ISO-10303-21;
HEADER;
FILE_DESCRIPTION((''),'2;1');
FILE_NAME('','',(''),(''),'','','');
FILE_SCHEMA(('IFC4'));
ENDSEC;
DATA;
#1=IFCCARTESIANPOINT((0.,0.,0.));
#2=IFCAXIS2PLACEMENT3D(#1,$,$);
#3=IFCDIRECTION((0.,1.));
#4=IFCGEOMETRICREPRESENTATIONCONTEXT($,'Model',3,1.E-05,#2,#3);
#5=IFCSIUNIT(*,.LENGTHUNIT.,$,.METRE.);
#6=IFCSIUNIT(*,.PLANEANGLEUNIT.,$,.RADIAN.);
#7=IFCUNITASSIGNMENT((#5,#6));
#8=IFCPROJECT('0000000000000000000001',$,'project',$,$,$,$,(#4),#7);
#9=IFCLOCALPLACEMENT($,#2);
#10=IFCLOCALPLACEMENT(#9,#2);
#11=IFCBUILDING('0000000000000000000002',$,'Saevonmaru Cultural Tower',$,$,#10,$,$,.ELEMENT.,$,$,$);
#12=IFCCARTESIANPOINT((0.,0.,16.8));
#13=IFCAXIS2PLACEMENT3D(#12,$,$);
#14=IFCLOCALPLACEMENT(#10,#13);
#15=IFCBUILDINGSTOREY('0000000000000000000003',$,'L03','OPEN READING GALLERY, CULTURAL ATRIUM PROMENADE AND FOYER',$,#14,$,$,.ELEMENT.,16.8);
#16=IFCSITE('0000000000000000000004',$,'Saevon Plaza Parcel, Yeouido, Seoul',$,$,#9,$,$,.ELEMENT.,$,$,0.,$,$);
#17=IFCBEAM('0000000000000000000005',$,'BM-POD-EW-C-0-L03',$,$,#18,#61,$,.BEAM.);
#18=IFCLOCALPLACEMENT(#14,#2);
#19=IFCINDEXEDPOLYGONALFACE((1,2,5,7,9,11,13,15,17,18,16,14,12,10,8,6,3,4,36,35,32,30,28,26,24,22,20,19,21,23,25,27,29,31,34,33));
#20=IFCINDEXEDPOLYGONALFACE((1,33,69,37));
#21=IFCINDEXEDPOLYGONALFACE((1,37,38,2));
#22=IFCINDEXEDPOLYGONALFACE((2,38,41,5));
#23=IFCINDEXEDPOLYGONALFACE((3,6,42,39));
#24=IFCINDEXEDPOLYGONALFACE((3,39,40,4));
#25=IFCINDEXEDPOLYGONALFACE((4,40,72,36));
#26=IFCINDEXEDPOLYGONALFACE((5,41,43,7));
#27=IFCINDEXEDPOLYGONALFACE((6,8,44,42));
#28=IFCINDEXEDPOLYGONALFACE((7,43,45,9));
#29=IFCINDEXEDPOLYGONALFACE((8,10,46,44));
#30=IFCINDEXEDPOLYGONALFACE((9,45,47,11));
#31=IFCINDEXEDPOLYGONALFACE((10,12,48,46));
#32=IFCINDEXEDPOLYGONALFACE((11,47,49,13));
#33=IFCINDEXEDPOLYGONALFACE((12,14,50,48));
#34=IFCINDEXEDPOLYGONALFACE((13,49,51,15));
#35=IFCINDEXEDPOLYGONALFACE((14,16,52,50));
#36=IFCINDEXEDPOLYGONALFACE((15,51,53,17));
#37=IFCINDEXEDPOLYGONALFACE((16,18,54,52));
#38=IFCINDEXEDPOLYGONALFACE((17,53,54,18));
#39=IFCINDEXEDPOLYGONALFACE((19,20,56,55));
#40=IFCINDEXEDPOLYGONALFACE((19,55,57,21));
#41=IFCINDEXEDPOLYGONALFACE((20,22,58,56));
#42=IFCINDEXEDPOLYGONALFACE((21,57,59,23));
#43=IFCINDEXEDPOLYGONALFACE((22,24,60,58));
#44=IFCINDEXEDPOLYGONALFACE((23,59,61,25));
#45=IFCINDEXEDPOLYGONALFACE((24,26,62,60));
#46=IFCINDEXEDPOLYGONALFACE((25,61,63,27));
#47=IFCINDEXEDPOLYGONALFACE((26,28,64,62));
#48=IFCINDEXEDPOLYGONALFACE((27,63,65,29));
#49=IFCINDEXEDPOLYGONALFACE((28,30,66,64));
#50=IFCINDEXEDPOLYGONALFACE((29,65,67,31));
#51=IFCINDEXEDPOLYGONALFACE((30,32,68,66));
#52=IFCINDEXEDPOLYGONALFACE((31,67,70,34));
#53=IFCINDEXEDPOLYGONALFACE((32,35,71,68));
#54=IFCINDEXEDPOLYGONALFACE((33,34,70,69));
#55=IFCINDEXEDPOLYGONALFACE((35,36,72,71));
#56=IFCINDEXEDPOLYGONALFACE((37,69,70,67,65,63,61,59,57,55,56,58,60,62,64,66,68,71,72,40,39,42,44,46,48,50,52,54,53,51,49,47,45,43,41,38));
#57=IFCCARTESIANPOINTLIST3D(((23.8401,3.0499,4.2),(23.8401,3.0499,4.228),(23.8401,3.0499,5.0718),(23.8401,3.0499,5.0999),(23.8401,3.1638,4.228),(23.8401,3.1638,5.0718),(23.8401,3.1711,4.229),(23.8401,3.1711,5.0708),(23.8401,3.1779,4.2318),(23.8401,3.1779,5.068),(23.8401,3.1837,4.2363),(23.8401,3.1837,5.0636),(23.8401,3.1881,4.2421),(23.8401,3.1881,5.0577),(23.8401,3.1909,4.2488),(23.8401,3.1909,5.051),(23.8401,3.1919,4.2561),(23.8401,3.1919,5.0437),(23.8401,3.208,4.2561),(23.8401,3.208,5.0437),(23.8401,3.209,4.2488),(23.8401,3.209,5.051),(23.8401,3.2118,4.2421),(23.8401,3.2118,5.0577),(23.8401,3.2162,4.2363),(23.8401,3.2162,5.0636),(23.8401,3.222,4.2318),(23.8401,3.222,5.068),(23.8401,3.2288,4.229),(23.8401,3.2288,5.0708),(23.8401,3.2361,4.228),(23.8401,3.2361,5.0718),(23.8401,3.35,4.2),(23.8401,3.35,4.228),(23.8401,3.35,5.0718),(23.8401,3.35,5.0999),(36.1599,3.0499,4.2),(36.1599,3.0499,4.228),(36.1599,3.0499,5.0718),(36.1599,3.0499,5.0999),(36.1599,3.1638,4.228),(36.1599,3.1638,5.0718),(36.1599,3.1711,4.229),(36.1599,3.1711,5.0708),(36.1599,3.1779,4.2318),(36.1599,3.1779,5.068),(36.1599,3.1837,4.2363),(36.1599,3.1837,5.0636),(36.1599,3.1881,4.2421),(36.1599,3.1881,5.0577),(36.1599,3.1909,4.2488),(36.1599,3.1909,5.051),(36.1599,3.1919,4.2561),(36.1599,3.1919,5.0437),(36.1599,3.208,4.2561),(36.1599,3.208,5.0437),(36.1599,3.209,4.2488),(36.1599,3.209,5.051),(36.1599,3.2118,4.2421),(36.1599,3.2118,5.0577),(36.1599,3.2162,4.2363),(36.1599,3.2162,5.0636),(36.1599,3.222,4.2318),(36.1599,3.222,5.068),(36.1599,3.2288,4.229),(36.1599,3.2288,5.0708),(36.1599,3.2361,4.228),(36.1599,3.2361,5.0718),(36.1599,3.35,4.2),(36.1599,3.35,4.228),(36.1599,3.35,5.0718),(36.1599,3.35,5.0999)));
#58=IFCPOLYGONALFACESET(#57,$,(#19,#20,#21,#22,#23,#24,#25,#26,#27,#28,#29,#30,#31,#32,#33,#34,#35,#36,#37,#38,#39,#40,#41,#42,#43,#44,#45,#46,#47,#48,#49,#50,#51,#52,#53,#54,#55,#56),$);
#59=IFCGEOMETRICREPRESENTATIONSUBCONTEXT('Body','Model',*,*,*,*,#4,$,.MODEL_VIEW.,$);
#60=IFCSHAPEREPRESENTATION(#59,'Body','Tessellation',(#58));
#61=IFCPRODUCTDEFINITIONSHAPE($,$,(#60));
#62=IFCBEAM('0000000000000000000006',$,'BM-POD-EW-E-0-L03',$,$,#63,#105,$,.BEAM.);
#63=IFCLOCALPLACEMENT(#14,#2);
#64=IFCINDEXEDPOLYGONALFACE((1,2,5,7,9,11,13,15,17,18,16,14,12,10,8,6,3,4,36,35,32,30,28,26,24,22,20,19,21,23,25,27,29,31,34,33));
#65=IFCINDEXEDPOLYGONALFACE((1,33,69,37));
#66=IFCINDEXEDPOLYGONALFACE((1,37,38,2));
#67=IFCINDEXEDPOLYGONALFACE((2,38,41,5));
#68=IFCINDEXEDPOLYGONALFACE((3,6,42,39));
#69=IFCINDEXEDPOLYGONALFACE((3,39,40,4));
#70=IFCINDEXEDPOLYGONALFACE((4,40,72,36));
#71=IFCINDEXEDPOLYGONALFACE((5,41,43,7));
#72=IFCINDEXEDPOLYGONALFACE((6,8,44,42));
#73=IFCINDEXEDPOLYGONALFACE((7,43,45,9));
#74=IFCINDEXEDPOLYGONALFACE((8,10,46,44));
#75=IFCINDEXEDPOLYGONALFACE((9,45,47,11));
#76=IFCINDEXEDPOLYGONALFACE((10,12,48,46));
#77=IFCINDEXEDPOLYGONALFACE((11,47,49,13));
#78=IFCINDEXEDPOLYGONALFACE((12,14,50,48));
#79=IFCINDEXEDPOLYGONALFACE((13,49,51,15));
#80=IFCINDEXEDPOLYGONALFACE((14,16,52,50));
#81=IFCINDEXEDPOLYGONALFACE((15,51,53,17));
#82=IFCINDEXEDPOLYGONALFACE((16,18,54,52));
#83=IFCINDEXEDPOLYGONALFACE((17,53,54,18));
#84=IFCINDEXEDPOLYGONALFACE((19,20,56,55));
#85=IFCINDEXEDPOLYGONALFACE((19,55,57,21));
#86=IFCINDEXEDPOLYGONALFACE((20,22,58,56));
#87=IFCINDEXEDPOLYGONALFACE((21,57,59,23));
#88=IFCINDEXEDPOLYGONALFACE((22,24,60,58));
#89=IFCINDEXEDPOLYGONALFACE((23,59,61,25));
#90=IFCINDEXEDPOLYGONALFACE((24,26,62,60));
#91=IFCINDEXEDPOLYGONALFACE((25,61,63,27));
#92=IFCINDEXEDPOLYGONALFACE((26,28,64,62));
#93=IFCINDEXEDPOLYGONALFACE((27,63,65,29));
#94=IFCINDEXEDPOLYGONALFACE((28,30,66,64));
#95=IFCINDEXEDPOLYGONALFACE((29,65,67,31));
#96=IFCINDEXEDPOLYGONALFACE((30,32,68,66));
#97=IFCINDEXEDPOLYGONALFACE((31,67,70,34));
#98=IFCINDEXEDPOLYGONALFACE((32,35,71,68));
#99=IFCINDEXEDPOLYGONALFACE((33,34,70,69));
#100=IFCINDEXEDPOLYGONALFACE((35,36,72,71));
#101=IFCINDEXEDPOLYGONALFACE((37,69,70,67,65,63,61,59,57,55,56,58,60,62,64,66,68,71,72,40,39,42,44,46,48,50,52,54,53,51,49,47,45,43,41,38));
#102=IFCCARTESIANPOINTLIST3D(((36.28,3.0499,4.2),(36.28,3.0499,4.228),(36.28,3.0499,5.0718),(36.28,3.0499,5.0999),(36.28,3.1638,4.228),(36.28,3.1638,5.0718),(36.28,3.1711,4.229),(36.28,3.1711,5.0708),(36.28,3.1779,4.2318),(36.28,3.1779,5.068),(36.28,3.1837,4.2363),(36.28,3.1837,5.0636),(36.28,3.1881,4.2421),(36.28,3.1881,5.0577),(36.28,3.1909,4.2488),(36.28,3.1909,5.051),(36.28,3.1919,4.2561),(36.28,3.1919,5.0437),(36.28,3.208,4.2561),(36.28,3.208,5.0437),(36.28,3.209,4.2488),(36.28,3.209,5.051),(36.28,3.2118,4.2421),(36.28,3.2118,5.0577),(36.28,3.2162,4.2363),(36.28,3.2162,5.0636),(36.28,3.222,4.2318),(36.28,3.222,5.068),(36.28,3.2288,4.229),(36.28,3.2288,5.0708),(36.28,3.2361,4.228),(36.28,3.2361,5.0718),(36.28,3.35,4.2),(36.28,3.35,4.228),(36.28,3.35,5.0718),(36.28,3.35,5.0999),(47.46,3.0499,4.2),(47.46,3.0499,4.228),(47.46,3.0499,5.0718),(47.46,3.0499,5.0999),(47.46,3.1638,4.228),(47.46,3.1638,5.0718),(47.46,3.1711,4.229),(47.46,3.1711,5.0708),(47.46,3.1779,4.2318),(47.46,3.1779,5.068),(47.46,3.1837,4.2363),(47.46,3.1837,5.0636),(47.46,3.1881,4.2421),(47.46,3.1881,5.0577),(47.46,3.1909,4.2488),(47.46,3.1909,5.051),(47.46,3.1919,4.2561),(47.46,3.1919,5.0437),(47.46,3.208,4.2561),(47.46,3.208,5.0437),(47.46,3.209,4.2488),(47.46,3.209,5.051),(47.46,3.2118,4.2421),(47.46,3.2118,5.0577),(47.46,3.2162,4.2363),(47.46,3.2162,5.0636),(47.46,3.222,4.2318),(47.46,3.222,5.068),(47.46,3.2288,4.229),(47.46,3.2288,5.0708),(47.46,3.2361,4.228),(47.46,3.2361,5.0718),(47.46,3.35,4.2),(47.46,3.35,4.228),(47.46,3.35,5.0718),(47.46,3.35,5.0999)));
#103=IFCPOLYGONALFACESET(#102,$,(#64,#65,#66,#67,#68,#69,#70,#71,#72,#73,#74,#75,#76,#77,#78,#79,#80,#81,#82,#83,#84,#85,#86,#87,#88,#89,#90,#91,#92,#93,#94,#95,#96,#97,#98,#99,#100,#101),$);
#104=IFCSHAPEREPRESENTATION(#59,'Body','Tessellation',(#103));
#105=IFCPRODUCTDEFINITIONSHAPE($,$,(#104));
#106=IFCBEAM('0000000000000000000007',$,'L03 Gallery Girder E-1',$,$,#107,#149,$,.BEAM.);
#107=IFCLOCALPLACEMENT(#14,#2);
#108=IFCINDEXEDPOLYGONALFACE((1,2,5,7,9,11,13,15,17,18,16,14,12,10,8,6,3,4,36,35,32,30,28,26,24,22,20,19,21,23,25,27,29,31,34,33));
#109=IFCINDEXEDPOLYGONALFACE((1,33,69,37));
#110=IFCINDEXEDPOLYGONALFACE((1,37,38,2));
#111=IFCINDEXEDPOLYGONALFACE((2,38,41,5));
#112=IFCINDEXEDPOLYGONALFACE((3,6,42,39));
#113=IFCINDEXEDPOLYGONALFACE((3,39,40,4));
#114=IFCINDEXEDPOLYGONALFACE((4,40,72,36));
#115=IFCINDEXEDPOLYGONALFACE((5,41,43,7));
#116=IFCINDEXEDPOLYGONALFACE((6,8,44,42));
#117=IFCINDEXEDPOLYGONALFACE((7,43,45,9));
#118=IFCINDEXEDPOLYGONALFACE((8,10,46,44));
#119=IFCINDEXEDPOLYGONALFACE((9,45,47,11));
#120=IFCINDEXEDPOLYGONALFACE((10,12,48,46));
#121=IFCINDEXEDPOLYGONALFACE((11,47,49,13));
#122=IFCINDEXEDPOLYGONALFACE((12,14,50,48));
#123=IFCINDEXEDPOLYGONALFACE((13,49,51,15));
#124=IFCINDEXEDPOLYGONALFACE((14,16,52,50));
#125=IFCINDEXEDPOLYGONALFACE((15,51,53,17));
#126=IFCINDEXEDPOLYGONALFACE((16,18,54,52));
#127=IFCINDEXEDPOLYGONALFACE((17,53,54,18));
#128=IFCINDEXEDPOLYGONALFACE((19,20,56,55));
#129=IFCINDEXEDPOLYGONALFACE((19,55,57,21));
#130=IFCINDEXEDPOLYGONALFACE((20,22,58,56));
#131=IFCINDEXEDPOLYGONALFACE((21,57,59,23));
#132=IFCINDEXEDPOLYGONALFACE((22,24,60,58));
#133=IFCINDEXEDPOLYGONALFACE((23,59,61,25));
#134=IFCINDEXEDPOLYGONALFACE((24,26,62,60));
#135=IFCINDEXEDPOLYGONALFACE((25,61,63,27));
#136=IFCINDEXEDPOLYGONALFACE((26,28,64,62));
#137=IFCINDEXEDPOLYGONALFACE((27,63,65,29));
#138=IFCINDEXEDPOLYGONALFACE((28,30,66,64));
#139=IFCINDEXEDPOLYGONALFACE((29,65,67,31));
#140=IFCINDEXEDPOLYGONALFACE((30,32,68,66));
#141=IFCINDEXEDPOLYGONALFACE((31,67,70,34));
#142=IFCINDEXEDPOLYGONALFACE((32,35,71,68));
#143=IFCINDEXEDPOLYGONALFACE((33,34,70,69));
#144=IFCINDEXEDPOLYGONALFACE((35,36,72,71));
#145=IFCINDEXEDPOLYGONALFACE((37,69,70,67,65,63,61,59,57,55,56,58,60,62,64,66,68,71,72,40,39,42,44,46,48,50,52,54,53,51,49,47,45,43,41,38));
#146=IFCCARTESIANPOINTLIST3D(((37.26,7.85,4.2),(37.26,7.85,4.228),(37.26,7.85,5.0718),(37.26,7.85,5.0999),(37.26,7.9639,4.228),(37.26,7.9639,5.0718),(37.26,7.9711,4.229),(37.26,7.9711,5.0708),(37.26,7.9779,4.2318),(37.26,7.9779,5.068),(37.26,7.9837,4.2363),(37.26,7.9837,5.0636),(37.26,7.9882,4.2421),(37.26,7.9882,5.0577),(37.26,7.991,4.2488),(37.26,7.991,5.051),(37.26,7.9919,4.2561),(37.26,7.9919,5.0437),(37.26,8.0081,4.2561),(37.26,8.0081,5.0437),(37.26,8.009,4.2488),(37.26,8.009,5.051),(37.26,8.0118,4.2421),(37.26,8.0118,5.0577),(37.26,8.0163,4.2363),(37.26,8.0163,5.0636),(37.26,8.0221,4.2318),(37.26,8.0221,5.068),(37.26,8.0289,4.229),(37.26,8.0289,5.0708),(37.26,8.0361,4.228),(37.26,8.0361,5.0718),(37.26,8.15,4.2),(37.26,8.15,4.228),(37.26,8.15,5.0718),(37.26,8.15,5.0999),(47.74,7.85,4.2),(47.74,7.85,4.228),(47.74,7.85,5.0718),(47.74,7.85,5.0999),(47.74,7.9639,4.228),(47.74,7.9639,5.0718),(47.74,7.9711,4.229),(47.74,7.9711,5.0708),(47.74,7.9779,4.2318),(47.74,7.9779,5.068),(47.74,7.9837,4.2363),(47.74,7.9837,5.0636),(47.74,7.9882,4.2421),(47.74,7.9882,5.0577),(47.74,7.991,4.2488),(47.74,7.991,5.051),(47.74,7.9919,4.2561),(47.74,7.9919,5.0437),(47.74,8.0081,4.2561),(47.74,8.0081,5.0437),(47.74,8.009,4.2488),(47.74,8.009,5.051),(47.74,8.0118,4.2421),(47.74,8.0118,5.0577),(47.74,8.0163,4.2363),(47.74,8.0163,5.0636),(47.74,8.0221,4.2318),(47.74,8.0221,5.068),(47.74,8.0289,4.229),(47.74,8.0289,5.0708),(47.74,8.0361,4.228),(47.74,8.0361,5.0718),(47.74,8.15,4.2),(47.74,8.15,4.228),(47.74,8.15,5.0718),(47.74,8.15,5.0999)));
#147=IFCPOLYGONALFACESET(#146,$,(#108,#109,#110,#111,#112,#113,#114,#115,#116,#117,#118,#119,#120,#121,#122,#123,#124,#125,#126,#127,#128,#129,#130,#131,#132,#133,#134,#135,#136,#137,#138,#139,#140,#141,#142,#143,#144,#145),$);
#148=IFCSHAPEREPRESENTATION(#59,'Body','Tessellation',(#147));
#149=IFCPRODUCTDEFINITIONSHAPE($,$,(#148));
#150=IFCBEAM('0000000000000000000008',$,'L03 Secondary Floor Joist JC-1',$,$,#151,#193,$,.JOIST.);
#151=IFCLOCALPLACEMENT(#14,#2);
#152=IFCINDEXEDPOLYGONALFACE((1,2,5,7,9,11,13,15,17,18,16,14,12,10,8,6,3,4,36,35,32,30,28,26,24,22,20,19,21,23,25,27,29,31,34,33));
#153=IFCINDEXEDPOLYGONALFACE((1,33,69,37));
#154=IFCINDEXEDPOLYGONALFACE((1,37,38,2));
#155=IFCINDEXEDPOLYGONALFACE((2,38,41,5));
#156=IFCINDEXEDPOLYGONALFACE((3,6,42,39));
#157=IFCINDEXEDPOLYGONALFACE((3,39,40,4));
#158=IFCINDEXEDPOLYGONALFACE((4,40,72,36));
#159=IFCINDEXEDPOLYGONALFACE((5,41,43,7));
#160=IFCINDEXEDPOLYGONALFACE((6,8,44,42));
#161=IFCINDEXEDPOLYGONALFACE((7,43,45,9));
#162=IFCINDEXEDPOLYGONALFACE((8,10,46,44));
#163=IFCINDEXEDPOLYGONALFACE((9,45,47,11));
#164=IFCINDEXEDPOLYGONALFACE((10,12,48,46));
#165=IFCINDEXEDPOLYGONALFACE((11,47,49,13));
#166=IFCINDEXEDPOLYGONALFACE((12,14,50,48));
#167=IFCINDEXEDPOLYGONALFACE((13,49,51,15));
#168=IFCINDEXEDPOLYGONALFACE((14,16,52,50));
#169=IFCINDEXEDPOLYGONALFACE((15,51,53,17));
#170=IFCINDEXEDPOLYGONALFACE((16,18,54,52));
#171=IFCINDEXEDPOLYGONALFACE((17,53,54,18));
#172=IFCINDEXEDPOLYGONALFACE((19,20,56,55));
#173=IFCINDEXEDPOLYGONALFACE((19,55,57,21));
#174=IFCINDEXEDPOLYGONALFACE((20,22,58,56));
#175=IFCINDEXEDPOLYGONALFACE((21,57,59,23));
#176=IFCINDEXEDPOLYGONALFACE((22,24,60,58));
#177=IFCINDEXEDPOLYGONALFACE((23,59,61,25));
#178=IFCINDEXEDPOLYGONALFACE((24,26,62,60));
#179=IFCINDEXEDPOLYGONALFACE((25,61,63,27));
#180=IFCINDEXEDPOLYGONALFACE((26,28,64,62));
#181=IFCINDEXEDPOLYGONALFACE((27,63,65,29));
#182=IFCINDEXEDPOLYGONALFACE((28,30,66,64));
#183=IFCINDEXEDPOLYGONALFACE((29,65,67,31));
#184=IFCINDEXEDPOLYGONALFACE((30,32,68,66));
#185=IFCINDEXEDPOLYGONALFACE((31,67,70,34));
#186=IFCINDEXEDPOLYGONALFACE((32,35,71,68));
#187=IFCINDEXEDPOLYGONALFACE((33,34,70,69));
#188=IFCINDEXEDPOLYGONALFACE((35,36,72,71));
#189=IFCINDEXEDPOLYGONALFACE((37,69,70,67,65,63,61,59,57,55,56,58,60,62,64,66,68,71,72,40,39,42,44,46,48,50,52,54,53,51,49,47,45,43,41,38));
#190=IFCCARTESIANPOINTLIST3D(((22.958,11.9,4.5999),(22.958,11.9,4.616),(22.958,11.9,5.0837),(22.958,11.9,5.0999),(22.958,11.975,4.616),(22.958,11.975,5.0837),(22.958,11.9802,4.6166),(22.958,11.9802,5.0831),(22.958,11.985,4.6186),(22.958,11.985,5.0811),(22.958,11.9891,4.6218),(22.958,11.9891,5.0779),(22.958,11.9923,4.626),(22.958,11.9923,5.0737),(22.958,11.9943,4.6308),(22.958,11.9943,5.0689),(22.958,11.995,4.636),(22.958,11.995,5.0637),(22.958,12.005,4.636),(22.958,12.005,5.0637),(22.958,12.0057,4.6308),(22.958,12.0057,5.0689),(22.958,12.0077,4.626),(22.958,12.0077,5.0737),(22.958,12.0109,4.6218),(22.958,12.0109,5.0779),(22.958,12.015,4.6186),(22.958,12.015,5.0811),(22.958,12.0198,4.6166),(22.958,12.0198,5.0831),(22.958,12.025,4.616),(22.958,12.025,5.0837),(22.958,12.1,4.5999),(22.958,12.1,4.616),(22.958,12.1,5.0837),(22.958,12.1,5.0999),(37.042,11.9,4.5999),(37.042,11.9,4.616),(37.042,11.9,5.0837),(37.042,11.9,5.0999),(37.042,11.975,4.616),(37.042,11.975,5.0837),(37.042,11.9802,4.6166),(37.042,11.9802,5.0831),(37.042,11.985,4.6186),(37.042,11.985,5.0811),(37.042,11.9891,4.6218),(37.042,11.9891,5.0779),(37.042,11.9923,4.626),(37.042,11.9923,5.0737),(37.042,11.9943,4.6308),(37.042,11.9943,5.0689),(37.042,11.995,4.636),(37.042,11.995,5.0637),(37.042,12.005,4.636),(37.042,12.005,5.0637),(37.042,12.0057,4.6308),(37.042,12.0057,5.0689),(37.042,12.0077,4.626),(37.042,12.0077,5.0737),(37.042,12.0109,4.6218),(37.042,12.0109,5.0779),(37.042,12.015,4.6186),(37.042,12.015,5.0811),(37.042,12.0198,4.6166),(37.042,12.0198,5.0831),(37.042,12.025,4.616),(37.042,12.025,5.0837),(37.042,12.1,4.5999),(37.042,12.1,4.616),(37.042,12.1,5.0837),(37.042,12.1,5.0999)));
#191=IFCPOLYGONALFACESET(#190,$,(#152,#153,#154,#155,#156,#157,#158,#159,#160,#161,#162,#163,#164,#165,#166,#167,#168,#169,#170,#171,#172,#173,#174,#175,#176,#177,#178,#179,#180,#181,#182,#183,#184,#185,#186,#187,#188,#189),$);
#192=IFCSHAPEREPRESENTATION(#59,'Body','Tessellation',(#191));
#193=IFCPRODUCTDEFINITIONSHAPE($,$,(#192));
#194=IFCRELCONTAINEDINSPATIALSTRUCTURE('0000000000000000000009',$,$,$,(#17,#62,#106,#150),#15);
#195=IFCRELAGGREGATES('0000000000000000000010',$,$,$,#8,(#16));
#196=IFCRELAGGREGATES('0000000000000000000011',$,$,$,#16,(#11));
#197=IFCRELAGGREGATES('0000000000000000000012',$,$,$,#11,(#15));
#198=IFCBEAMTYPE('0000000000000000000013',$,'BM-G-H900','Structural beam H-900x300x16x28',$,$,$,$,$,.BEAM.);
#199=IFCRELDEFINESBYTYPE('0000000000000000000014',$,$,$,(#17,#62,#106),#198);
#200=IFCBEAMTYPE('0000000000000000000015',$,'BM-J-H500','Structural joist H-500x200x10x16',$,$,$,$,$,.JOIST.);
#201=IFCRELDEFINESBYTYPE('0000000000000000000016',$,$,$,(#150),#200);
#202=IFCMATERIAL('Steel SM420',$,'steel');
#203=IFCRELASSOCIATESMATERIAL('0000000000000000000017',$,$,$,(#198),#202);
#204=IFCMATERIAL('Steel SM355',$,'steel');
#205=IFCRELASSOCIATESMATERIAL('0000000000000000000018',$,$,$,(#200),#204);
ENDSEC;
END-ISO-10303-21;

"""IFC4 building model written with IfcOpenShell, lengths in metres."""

from ifc_helpers import new_model, si_unit, direction, frame, origin, origin_2d, place, context, subcontext, project, spatial, i_section, extrude, material, material_profile, profile_set, type_object, element, save


model = new_model("IFC4")

# Units and contexts
model_context = context("Model", 3, precision=1e-05, world=origin(), true_north=direction((0.0, 1.0)))
body_context = subcontext(model_context, "Body", "Model", "MODEL_VIEW")
ifc_project = project(units=[si_unit("LENGTHUNIT", "METRE"), si_unit("PLANEANGLEUNIT", "RADIAN")], contexts=[model_context])

# Site, building, storey
site_placement = place(None, origin())
site = spatial("IfcSite", under=ifc_project, at=site_placement, Name="Saevon Plaza Parcel, Yeouido, Seoul", CompositionType="ELEMENT", RefElevation=0.0)
building_placement = place(site_placement, origin())
building = spatial("IfcBuilding", under=site, at=building_placement, Name="Saevonmaru Cultural Tower", CompositionType="ELEMENT")
storey_placement = place(building_placement, frame((0.0, 0.0, 16.8)))
storey = spatial("IfcBuildingStorey", under=building, at=storey_placement, Name="L03", Description="OPEN READING GALLERY, CULTURAL ATRIUM PROMENADE AND FOYER", CompositionType="ELEMENT", Elevation=16.8)

# Shared definitions
ifc_material_1 = material(Name="Steel SM420", Category="steel")

# Beams
ifc_material_profile_1 = material_profile(ifc_material_1, i_section(OverallWidth=0.3, OverallDepth=0.8999, WebThickness=0.0161, FlangeThickness=0.0281, FilletRadius=0.0281, at=origin_2d()), Name="H-900x300x16x28")
ifc_profile_set_1 = profile_set([ifc_material_profile_1], Name="Steel SM420")
beam_type_1 = type_object("IfcBeamType", Name="BM-G-H900", Description="Structural beam H-900x300x16x28", PredefinedType="BEAM", material=ifc_profile_set_1)
beam_1_placement = place(storey_placement, frame((23.8401, 3.2, 4.6499), z_axis=(1.0, 0.0, 0.0), x_axis=(0.0, 1.0, 0.0)))
element("IfcBeam", 1, at=beam_1_placement, inside=storey, type_object=beam_type_1, Name="BM-POD-EW-C-0-L03", PredefinedType="BEAM", context=body_context, shape_type="SweptSolid", body=[
    extrude(i_section(OverallWidth=0.3, OverallDepth=0.8999, WebThickness=0.0161, FlangeThickness=0.0281, FilletRadius=0.0281, at=origin_2d()), origin(), (0.0, 0.0, 1.0), 12.3198),
])
beam_2_placement = place(storey_placement, frame((36.28, 3.2, 4.6499), z_axis=(1.0, 0.0, 0.0), x_axis=(0.0, 1.0, 0.0)))
element("IfcBeam", 2, at=beam_2_placement, inside=storey, type_object=beam_type_1, Name="BM-POD-EW-E-0-L03", PredefinedType="BEAM", context=body_context, shape_type="SweptSolid", body=[
    extrude(i_section(OverallWidth=0.3, OverallDepth=0.8999, WebThickness=0.0161, FlangeThickness=0.0281, FilletRadius=0.0281, at=origin_2d()), origin(), (0.0, 0.0, 1.0), 11.1799),
])
beam_3_placement = place(storey_placement, frame((37.26, 8.0, 4.6499), z_axis=(1.0, 0.0, 0.0), x_axis=(0.0, 1.0, 0.0)))
element("IfcBeam", 3, at=beam_3_placement, inside=storey, type_object=beam_type_1, Name="L03 Gallery Girder E-1", PredefinedType="BEAM", context=body_context, shape_type="SweptSolid", body=[
    extrude(i_section(OverallWidth=0.3, OverallDepth=0.8999, WebThickness=0.0161, FlangeThickness=0.0281, FilletRadius=0.0281, at=origin_2d()), origin(), (0.0, 0.0, 1.0), 10.48),
])
ifc_material_2 = material(Name="Steel SM355", Category="steel")
ifc_material_profile_2 = material_profile(ifc_material_2, i_section(OverallWidth=0.2, OverallDepth=0.5, WebThickness=0.01, FlangeThickness=0.0161, FilletRadius=0.02, at=origin_2d()), Name="H-500x200x10x16")
ifc_profile_set_2 = profile_set([ifc_material_profile_2], Name="Steel SM355")
beam_type_2 = type_object("IfcBeamType", Name="BM-J-H500", Description="Structural joist H-500x200x10x16", PredefinedType="JOIST", material=ifc_profile_set_2)
beam_4_placement = place(storey_placement, frame((22.958, 12.0, 4.8499), z_axis=(1.0, 0.0, 0.0), x_axis=(0.0, 1.0, 0.0)))
element("IfcBeam", 4, at=beam_4_placement, inside=storey, type_object=beam_type_2, Name="L03 Secondary Floor Joist JC-1", PredefinedType="JOIST", context=body_context, shape_type="SweptSolid", body=[
    extrude(i_section(OverallWidth=0.2, OverallDepth=0.5, WebThickness=0.01, FlangeThickness=0.0161, FilletRadius=0.02, at=origin_2d()), origin(), (0.0, 0.0, 1.0), 14.084),
])

save(model, "model.ifc")
